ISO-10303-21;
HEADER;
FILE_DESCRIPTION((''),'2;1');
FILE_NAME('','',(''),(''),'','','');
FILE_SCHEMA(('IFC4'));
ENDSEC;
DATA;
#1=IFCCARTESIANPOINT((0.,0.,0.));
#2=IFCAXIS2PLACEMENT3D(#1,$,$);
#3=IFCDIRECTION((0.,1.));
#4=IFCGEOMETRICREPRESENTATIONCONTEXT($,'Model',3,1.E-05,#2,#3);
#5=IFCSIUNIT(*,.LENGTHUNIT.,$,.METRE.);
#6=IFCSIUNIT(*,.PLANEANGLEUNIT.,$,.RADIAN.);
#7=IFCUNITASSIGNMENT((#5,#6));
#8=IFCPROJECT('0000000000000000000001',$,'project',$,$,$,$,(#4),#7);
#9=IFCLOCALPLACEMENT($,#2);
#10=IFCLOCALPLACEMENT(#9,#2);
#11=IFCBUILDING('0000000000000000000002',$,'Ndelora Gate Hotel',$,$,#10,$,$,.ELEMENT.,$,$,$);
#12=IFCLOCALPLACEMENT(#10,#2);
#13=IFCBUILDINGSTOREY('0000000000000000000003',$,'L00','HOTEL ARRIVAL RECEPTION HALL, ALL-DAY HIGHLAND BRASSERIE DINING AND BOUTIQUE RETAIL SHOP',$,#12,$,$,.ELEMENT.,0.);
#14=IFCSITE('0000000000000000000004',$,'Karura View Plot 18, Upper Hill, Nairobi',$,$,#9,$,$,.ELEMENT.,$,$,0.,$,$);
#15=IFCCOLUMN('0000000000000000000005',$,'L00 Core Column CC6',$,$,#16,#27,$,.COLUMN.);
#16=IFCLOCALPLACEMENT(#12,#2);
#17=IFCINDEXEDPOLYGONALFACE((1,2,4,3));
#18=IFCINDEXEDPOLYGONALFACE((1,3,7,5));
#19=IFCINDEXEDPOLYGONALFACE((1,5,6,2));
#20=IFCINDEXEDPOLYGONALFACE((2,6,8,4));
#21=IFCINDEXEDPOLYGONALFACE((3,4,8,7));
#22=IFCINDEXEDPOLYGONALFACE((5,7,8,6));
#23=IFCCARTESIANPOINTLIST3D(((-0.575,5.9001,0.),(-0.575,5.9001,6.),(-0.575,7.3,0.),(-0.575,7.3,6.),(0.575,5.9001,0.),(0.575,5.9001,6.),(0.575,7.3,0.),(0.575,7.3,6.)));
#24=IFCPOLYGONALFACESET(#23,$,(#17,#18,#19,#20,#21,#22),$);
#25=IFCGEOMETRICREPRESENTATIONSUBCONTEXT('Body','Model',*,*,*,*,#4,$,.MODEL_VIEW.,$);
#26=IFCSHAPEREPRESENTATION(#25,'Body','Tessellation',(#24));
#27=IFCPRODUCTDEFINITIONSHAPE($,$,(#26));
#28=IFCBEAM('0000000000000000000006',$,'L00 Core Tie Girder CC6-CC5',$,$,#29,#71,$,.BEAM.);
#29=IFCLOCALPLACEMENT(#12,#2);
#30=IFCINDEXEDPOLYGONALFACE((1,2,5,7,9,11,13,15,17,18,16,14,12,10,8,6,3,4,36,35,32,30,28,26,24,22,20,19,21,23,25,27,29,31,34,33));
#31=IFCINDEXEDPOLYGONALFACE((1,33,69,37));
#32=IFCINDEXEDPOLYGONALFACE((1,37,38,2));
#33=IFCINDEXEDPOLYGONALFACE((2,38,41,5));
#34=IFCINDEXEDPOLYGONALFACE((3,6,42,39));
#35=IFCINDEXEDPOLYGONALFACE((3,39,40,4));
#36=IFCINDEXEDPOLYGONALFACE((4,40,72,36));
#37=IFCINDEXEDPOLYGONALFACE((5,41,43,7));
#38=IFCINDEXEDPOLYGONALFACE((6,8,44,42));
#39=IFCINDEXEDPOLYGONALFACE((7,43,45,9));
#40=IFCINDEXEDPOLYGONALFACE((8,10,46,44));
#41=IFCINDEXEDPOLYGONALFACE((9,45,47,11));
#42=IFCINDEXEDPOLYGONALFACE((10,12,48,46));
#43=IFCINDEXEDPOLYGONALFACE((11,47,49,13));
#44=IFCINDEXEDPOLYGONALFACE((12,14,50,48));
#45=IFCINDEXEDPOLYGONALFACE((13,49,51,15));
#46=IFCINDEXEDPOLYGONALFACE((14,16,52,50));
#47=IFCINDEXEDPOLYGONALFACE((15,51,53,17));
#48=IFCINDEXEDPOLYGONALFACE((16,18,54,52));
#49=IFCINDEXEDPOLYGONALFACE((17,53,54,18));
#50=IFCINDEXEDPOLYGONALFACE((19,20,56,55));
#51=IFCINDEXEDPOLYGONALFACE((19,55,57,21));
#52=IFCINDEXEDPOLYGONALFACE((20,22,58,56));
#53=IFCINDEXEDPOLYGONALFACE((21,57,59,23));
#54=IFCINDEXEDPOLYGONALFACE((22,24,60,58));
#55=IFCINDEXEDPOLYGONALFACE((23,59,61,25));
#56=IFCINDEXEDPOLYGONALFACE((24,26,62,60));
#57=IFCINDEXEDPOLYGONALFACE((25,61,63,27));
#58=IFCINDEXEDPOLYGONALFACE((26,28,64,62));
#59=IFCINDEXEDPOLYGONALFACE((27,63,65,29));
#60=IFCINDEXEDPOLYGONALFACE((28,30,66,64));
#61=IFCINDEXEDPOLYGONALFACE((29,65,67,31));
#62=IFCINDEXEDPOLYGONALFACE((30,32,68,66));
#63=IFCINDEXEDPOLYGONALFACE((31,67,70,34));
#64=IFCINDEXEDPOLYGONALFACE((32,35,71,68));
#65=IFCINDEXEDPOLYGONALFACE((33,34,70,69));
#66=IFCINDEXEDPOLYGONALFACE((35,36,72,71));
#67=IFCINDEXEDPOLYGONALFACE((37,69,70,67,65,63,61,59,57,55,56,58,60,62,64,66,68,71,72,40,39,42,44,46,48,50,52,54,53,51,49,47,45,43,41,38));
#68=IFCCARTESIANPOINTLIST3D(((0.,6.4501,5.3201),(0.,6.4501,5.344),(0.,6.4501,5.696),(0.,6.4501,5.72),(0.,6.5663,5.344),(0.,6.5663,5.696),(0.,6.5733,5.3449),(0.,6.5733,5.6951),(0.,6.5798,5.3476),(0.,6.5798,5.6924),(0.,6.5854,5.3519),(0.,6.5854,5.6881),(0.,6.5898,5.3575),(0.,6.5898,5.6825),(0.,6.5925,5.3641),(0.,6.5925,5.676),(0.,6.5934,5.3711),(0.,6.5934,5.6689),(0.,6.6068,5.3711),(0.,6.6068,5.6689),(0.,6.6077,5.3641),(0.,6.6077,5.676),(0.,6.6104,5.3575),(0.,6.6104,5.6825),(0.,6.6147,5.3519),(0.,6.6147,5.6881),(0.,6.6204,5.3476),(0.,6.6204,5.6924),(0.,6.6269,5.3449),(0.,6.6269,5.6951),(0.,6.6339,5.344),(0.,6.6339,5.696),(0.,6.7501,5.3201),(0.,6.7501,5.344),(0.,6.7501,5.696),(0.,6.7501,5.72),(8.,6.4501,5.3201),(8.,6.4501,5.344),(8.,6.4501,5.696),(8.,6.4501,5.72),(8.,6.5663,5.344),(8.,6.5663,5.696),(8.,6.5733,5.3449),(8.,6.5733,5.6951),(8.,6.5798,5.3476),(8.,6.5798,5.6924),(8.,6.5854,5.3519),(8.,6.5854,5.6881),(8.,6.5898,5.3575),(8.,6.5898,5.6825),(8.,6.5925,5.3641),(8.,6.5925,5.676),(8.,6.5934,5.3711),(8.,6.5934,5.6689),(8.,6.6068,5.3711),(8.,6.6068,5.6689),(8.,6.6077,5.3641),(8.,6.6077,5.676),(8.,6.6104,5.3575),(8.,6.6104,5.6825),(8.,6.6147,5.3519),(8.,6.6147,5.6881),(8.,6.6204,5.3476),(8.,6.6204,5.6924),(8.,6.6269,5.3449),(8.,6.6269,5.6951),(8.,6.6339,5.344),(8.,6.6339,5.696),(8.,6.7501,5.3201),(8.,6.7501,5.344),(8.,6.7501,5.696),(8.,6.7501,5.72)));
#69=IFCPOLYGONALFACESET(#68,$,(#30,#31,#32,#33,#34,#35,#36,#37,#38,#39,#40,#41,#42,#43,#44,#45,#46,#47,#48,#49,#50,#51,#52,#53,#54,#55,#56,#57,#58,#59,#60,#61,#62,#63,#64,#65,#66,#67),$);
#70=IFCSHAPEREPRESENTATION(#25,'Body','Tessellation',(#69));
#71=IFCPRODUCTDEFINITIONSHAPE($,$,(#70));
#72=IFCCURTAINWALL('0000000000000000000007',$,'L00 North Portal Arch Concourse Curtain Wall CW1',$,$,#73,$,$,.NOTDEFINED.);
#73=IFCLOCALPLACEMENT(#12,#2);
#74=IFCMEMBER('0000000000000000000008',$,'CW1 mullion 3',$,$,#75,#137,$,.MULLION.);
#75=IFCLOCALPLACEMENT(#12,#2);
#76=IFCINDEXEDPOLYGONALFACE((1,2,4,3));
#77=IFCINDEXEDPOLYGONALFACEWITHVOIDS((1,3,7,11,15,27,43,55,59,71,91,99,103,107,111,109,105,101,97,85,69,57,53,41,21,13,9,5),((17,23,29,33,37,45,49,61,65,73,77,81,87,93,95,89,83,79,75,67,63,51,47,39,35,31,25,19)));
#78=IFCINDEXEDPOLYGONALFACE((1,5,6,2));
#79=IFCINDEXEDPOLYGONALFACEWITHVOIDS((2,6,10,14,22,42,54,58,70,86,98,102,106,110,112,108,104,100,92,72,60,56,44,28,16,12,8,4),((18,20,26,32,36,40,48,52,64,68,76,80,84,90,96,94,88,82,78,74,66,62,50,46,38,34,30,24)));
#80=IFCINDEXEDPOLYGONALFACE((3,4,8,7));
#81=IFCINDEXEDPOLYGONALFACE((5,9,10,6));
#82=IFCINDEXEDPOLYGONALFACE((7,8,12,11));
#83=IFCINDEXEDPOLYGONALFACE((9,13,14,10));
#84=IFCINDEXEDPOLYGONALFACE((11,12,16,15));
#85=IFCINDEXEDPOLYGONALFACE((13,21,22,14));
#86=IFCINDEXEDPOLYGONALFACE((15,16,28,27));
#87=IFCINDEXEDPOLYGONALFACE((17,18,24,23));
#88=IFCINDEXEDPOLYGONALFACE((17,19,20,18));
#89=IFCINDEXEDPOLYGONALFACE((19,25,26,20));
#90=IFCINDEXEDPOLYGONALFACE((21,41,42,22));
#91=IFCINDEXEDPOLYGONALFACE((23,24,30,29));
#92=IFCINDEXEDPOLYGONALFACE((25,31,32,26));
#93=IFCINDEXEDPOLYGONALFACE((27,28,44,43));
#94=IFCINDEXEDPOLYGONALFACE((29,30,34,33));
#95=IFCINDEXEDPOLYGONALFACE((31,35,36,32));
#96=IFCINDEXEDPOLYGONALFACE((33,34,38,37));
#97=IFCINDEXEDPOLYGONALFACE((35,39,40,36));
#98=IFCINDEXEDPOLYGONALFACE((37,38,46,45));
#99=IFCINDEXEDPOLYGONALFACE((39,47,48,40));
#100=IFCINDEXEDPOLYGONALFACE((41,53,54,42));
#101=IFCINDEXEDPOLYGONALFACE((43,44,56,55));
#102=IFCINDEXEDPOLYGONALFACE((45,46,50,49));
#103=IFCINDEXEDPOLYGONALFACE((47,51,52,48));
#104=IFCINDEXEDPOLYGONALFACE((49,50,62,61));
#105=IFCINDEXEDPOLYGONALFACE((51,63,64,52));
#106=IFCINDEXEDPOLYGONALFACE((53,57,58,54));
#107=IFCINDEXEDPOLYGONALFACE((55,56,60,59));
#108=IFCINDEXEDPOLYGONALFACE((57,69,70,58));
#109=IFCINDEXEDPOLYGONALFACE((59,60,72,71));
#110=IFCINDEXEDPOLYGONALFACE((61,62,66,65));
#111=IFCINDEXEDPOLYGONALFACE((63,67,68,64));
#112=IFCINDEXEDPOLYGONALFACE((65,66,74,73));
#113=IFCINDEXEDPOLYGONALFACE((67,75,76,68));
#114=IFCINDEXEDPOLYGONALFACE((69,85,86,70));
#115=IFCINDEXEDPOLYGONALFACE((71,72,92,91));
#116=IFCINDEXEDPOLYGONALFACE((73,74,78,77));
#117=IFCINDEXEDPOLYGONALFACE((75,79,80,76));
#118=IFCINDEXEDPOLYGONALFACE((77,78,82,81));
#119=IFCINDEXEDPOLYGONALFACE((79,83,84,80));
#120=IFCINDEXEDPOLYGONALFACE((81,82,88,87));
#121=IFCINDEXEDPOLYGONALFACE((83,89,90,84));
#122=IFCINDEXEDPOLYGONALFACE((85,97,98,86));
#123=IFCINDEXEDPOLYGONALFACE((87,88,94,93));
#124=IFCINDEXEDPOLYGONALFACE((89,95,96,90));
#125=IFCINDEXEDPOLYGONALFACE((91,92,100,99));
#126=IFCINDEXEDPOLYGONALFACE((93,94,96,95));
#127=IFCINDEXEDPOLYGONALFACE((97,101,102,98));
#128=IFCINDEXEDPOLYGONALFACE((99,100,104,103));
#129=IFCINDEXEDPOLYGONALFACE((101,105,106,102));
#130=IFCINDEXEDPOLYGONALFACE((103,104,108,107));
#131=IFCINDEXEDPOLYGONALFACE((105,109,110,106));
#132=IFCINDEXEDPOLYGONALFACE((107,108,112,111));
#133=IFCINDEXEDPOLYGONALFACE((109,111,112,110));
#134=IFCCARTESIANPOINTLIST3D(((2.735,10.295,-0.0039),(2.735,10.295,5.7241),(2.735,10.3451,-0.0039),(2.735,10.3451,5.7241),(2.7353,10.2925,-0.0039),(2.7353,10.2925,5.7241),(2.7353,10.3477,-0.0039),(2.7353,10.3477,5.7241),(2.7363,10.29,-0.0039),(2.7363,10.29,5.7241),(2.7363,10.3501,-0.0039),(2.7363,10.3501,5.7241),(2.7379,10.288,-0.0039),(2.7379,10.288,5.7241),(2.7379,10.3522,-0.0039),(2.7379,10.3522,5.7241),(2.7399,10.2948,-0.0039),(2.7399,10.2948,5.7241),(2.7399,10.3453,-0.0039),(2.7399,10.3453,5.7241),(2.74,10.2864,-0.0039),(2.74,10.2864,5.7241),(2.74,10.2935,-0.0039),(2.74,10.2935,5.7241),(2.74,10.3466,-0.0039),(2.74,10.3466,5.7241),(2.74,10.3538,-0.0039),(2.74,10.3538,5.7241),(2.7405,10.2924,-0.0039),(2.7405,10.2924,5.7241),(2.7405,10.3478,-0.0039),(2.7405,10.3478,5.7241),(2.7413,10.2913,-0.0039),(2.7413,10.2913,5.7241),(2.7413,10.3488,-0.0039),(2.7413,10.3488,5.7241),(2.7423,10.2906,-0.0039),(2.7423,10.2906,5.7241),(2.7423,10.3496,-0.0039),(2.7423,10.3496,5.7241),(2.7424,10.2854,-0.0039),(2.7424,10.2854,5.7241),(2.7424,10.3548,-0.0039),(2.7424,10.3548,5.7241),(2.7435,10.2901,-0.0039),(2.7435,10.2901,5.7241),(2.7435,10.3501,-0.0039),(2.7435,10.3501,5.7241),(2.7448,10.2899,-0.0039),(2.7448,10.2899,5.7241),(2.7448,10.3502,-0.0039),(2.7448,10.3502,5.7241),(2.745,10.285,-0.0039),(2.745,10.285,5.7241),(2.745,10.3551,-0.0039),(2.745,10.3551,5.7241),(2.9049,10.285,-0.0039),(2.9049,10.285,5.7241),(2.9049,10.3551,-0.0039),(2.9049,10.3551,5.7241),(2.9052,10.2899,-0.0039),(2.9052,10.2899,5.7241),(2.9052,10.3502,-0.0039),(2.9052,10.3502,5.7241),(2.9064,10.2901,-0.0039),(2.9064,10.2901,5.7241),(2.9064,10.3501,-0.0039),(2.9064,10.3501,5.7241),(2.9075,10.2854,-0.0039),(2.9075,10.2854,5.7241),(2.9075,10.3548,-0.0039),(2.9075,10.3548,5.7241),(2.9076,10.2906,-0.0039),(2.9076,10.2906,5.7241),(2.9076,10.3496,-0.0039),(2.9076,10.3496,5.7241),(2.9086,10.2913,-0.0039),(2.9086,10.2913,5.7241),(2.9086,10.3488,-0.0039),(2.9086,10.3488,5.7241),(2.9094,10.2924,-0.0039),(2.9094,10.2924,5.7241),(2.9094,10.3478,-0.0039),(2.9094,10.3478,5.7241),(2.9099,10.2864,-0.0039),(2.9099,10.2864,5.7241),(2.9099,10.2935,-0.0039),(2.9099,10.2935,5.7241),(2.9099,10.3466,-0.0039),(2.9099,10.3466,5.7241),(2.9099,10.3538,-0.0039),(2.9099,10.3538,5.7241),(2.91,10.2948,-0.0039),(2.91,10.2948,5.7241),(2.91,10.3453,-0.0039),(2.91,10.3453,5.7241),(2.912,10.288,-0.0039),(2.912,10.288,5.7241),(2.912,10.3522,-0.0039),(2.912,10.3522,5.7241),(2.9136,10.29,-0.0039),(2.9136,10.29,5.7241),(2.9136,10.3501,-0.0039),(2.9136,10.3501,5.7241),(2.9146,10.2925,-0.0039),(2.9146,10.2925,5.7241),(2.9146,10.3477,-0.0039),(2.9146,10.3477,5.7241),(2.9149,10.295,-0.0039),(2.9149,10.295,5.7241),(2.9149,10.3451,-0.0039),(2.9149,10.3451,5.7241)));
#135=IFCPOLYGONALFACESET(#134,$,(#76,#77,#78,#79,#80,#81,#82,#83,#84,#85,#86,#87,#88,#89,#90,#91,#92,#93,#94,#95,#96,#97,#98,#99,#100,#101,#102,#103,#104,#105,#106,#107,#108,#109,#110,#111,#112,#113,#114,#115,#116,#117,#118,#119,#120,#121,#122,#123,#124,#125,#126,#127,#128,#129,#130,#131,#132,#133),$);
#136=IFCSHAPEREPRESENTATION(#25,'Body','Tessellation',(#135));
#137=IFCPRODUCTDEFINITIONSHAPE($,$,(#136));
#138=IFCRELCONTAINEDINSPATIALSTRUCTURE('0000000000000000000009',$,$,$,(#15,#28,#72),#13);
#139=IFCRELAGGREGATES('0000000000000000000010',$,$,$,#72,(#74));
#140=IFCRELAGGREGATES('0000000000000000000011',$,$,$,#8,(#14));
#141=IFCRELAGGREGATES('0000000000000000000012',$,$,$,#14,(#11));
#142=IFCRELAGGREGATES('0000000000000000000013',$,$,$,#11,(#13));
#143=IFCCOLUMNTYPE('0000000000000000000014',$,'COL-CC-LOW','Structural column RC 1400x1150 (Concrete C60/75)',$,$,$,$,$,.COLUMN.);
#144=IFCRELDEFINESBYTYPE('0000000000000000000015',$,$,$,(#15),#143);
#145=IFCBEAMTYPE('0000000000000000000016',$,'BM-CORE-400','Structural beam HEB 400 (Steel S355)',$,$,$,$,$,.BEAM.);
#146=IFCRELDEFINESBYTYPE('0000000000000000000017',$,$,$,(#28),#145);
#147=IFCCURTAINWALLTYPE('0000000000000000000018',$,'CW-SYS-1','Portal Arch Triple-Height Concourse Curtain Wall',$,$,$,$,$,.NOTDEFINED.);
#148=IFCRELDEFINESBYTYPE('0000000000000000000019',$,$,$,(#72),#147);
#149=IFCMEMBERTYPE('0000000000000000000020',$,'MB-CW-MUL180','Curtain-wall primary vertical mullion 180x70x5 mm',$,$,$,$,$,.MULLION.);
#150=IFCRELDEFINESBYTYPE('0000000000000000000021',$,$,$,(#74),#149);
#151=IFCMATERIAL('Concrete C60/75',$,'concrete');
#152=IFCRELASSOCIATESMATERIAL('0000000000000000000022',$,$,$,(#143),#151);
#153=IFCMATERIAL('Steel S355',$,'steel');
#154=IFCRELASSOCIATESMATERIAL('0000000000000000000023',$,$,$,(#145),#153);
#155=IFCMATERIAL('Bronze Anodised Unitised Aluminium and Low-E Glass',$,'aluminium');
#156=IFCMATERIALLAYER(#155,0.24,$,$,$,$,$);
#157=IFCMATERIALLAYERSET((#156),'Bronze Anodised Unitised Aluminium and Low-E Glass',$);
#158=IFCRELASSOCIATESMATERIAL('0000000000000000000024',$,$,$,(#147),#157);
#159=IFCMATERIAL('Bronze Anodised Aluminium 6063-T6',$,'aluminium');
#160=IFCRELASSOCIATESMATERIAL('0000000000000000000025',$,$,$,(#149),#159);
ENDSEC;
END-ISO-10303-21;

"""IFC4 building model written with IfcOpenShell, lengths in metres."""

from ifc_helpers import new_model, si_unit, direction, frame, origin, origin_2d, place, context, subcontext, project, spatial, rectangle, hollow_rectangle, i_section, extrude, material, layer, layer_set, material_profile, profile_set, type_object, element, aggregate, save


model = new_model("IFC4")

# Units and contexts
model_context = context("Model", 3, precision=1e-05, world=origin(), true_north=direction((0.0, 1.0)))
body_context = subcontext(model_context, "Body", "Model", "MODEL_VIEW")
ifc_project = project(units=[si_unit("LENGTHUNIT", "METRE"), si_unit("PLANEANGLEUNIT", "RADIAN")], contexts=[model_context])

# Site, building, storey
site_placement = place(None, origin())
site = spatial("IfcSite", under=ifc_project, at=site_placement, Name="Karura View Plot 18, Upper Hill, Nairobi", CompositionType="ELEMENT", RefElevation=0.0)
building_placement = place(site_placement, origin())
building = spatial("IfcBuilding", under=site, at=building_placement, Name="Ndelora Gate Hotel", CompositionType="ELEMENT")
storey_placement = place(building_placement, origin())
storey = spatial("IfcBuildingStorey", under=building, at=storey_placement, Name="L00", Description="HOTEL ARRIVAL RECEPTION HALL, ALL-DAY HIGHLAND BRASSERIE DINING AND BOUTIQUE RETAIL SHOP", CompositionType="ELEMENT", Elevation=0.0)

# Column
ifc_material_1 = material(Name="Concrete C60/75", Category="concrete")
ifc_material_profile_1 = material_profile(ifc_material_1, rectangle(XDim=1.1499, YDim=1.3999, at=origin_2d()), Name="RC 1400x1150")
ifc_profile_set_1 = profile_set([ifc_material_profile_1], Name="Concrete C60/75")
column_type = type_object("IfcColumnType", Name="COL-CC-LOW", Description="Structural column RC 1400x1150 (Concrete C60/75)", PredefinedType="COLUMN", material=ifc_profile_set_1)
column_placement = place(storey_placement, frame((0.0, 6.6001, 0.0), z_axis=(0.0, 0.0, 1.0), x_axis=(1.0, 0.0, 0.0)))
element("IfcColumn", 1, at=column_placement, inside=storey, type_object=column_type, Name="L00 Core Column CC6", PredefinedType="COLUMN", context=body_context, shape_type="SweptSolid", body=[
    extrude(rectangle(XDim=1.1499, YDim=1.3999, at=origin_2d()), origin(), (0.0, 0.0, 1.0), 6.0),
])

# Beam
ifc_material_2 = material(Name="Steel S355", Category="steel")
ifc_material_profile_2 = material_profile(ifc_material_2, i_section(OverallWidth=0.3, OverallDepth=0.3999, WebThickness=0.0134, FlangeThickness=0.0239, FilletRadius=0.0271, at=origin_2d()), Name="HEB 400")
ifc_profile_set_2 = profile_set([ifc_material_profile_2], Name="Steel S355")
beam_type = type_object("IfcBeamType", Name="BM-CORE-400", Description="Structural beam HEB 400 (Steel S355)", PredefinedType="BEAM", material=ifc_profile_set_2)
beam_placement = place(storey_placement, frame((0.0, 6.6001, 5.52), z_axis=(1.0, 0.0, 0.0), x_axis=(0.0, 1.0, 0.0)))
element("IfcBeam", 2, at=beam_placement, inside=storey, type_object=beam_type, Name="L00 Core Tie Girder CC6-CC5", PredefinedType="BEAM", context=body_context, shape_type="SweptSolid", body=[
    extrude(i_section(OverallWidth=0.3, OverallDepth=0.3999, WebThickness=0.0134, FlangeThickness=0.0239, FilletRadius=0.0271, at=origin_2d()), origin(), (0.0, 0.0, 1.0), 8.0),
])

# Curtain wall, member
ifc_material_3 = material(Name="Bronze Anodised Unitised Aluminium and Low-E Glass", Category="aluminium")
ifc_layer_1 = layer(ifc_material_3, 0.24)
ifc_layer_set_1 = layer_set([ifc_layer_1], Name="Bronze Anodised Unitised Aluminium and Low-E Glass")
curtain_wall_type = type_object("IfcCurtainWallType", Name="CW-SYS-1", Description="Portal Arch Triple-Height Concourse Curtain Wall", PredefinedType="NOTDEFINED", material=ifc_layer_set_1)
curtain_wall_placement = place(storey_placement, origin())
curtain_wall = element("IfcCurtainWall", 3, at=curtain_wall_placement, inside=storey, type_object=curtain_wall_type, Name="L00 North Portal Arch Concourse Curtain Wall CW1", PredefinedType="NOTDEFINED")
ifc_material_4 = material(Name="Bronze Anodised Aluminium 6063-T6", Category="aluminium")
ifc_material_profile_3 = material_profile(ifc_material_4, hollow_rectangle(XDim=0.0701, YDim=0.1799, WallThickness=0.0049, InnerFilletRadius=0.0049, OuterFilletRadius=0.01, at=origin_2d()), Name="ALU 180x70x5")
ifc_profile_set_3 = profile_set([ifc_material_profile_3], Name="Bronze Anodised Aluminium 6063-T6")
member_type_1 = type_object("IfcMemberType", Name="MB-CW-MUL180", Description="Curtain-wall primary vertical mullion 180x70x5 mm", PredefinedType="MULLION", material=ifc_profile_set_3)
member_1_placement = place(storey_placement, frame((2.825, 10.3201, -0.0039), z_axis=(0.0, 0.0, 1.0), x_axis=(0.0, -1.0, 0.0)))
member_1 = element("IfcMember", 4, at=member_1_placement, type_object=member_type_1, Name="CW1 mullion 3", PredefinedType="MULLION", context=body_context, shape_type="SweptSolid", body=[
    extrude(hollow_rectangle(XDim=0.0701, YDim=0.1799, WallThickness=0.0049, InnerFilletRadius=0.0049, OuterFilletRadius=0.01, at=origin_2d()), origin(), (0.0, 0.0, 1.0), 5.728),
])
aggregate(curtain_wall, [member_1])

save(model, "model.ifc")
